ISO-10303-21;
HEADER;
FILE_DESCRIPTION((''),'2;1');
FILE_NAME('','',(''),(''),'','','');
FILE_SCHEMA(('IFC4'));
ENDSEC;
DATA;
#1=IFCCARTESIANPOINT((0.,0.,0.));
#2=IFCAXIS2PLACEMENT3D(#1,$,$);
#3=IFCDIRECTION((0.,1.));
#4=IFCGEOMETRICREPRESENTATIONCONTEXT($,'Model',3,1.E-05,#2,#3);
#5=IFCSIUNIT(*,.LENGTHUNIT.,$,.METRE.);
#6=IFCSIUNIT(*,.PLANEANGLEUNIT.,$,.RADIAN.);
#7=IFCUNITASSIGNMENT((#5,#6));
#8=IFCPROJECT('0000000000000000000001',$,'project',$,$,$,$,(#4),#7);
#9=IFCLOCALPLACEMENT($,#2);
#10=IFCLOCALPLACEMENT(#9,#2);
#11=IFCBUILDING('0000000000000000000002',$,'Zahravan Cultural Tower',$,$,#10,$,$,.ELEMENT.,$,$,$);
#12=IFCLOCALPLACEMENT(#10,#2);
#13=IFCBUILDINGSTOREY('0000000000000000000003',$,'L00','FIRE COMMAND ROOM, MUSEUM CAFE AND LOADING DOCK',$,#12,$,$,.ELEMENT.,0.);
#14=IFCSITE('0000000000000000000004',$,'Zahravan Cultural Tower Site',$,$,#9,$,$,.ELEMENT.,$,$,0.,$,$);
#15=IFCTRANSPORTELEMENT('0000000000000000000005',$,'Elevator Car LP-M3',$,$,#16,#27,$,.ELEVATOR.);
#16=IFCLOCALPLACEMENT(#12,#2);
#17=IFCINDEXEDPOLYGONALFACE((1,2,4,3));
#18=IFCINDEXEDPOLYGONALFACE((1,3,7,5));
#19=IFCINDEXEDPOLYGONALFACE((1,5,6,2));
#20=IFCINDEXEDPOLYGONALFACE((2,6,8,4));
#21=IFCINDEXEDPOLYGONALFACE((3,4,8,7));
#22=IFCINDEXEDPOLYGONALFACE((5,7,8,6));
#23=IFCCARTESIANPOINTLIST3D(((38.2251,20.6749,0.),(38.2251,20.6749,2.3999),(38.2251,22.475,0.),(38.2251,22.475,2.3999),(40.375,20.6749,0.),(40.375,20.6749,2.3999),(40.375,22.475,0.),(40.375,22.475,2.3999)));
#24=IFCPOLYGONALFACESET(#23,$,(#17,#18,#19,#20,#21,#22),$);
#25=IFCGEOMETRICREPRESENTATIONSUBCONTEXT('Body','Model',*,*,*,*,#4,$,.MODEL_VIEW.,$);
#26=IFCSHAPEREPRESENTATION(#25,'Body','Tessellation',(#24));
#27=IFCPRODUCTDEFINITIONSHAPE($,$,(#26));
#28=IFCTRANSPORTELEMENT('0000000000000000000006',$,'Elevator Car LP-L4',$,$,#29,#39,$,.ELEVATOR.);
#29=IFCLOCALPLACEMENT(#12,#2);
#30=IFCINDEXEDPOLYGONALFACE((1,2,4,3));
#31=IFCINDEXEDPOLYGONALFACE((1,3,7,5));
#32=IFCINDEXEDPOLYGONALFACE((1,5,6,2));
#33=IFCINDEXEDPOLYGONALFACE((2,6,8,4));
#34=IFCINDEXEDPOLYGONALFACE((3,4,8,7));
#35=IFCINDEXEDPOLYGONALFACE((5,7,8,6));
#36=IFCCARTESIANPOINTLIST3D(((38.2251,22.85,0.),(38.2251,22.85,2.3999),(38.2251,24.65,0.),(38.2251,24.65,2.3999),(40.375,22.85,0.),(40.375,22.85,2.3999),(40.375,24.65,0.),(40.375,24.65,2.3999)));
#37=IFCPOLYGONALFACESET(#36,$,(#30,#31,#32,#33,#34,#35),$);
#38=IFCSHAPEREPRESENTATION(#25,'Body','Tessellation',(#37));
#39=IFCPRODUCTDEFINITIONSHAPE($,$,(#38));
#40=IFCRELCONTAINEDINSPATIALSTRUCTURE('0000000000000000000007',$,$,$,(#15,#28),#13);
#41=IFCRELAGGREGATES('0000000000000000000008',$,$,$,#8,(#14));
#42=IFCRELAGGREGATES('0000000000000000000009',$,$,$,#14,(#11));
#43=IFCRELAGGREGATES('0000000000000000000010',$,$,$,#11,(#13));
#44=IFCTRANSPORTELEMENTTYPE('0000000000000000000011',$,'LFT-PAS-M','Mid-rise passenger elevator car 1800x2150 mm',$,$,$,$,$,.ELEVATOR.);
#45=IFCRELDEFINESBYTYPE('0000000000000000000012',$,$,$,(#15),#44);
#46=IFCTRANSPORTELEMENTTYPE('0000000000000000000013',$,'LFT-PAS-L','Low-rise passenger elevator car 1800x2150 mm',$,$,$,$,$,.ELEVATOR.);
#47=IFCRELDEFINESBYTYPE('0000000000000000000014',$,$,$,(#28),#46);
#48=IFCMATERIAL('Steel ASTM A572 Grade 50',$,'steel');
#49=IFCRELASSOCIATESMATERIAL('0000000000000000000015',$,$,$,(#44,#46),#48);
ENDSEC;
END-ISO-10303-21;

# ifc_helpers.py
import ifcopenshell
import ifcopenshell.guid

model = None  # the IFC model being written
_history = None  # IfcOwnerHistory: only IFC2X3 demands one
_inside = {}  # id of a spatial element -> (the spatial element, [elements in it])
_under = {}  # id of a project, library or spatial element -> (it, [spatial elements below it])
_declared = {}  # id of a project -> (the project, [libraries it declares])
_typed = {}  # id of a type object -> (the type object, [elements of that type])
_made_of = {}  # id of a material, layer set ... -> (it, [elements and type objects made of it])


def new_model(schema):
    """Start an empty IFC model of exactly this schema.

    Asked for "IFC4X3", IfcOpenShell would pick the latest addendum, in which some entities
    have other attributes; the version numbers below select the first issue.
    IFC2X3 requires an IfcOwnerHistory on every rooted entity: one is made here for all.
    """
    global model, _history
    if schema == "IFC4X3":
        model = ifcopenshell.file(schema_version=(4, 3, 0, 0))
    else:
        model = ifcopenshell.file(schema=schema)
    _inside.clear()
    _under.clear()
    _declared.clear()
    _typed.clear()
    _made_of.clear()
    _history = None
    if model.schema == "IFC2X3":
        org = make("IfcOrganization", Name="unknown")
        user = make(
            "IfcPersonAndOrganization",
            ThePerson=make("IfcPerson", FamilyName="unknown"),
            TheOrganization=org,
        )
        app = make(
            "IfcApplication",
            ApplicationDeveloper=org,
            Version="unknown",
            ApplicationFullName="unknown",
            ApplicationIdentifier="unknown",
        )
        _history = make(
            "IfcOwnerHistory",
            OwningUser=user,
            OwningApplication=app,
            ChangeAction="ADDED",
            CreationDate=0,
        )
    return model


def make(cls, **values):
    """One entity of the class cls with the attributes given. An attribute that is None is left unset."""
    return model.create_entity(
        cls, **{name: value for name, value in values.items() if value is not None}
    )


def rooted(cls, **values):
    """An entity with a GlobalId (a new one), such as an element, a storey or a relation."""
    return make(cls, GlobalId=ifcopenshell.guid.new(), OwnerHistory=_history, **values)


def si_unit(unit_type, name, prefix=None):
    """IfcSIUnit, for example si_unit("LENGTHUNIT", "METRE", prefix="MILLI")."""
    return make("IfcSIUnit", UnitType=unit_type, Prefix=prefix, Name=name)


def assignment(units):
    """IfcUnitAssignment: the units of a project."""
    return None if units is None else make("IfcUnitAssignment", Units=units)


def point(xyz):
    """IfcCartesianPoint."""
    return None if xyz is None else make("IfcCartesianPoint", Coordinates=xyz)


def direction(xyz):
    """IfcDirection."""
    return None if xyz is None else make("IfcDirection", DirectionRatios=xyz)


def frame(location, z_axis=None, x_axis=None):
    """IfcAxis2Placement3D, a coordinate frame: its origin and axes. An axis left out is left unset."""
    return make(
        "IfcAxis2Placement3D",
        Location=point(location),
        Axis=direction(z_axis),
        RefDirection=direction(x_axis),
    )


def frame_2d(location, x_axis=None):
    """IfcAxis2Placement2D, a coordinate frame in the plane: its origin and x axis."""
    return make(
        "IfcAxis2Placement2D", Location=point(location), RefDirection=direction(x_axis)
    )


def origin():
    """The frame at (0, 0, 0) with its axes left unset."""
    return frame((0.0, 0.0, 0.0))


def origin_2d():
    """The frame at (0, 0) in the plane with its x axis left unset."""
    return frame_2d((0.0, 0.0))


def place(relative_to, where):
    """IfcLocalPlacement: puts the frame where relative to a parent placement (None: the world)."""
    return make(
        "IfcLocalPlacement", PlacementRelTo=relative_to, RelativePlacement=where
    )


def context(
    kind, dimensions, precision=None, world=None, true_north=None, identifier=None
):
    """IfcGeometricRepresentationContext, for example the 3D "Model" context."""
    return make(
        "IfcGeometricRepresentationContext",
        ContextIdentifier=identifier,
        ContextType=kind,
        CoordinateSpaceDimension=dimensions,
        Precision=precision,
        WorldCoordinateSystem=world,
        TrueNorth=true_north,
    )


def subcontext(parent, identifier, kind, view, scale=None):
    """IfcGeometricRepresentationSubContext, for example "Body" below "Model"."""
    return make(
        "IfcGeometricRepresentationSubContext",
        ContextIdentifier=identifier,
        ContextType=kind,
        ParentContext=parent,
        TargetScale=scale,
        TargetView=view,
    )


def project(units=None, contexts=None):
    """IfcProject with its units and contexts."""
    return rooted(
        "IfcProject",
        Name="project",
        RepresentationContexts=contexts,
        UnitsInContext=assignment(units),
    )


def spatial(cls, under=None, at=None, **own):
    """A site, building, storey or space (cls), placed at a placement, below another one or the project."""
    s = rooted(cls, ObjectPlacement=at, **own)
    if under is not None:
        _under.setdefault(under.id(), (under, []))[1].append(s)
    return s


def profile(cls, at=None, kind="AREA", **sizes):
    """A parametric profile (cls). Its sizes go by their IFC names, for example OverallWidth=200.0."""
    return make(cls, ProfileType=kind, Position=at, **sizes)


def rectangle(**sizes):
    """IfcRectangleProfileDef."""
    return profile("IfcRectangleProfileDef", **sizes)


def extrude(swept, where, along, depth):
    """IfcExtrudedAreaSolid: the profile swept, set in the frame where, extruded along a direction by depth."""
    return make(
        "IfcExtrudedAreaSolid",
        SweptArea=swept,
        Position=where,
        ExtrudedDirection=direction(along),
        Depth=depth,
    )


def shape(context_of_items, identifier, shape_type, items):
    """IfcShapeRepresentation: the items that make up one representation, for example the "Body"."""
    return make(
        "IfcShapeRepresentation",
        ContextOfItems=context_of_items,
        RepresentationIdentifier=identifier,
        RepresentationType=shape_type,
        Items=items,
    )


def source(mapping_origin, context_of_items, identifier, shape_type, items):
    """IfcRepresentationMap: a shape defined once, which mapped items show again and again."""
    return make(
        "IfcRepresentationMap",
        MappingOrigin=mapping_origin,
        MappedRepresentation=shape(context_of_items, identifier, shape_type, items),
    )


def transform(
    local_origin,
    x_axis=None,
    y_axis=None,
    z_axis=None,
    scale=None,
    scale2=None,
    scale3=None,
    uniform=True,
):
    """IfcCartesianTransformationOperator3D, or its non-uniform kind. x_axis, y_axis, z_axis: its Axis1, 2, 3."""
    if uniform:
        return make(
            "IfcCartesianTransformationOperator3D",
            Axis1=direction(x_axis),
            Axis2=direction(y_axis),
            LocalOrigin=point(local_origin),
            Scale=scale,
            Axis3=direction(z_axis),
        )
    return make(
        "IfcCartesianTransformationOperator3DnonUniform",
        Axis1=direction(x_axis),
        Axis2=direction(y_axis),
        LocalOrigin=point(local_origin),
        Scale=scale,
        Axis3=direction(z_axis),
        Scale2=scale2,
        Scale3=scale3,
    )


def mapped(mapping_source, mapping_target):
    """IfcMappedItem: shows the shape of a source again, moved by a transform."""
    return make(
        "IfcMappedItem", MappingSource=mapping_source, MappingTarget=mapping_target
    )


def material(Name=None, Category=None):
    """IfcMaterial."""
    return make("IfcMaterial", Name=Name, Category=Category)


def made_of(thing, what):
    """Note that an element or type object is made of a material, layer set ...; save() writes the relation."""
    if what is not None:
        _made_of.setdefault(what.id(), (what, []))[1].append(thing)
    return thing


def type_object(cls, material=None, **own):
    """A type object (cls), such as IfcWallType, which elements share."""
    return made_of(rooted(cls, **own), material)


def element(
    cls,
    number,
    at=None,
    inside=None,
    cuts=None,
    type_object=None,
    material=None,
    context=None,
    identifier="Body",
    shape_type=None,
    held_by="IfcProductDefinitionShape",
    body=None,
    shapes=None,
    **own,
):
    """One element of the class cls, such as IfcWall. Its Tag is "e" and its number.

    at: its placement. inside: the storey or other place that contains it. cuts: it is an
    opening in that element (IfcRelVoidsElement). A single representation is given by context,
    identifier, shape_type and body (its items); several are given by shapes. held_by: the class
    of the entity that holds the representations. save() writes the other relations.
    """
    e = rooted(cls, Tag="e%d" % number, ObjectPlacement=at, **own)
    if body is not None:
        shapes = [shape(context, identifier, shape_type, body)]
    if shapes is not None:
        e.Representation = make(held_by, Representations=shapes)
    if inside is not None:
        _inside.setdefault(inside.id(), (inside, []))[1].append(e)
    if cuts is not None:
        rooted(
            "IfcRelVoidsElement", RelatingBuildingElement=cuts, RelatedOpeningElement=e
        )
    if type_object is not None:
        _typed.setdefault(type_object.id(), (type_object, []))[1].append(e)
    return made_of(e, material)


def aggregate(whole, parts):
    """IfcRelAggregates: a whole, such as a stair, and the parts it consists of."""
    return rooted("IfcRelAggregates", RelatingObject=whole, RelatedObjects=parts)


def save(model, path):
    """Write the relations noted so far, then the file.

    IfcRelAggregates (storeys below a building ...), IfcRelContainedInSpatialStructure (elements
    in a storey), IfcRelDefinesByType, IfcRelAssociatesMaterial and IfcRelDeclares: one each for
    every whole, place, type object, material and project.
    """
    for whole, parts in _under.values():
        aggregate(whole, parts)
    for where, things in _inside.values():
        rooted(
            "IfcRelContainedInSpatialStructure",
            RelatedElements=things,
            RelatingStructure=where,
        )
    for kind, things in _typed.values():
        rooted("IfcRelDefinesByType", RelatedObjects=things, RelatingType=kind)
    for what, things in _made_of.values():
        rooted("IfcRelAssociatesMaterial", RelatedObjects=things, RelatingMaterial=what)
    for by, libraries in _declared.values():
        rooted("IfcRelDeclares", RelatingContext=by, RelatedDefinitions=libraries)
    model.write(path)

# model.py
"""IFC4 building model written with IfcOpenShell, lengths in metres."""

from ifc_helpers import new_model, si_unit, direction, frame, origin, origin_2d, place, context, subcontext, project, spatial, rectangle, extrude, source, transform, mapped, material, type_object, element, save


model = new_model("IFC4")

# Units and contexts
model_context = context("Model", 3, precision=1e-05, world=origin(), true_north=direction((0.0, 1.0)))
body_context = subcontext(model_context, "Body", "Model", "MODEL_VIEW")
ifc_project = project(units=[si_unit("LENGTHUNIT", "METRE"), si_unit("PLANEANGLEUNIT", "RADIAN")], contexts=[model_context])

# Site, building, storey
site_placement = place(None, origin())
site = spatial("IfcSite", under=ifc_project, at=site_placement, Name="Zahravan Cultural Tower Site", CompositionType="ELEMENT", RefElevation=0.0)
building_placement = place(site_placement, origin())
building = spatial("IfcBuilding", under=site, at=building_placement, Name="Zahravan Cultural Tower", CompositionType="ELEMENT")
storey_placement = place(building_placement, origin())
storey = spatial("IfcBuildingStorey", under=building, at=storey_placement, Name="L00", Description="FIRE COMMAND ROOM, MUSEUM CAFE AND LOADING DOCK", CompositionType="ELEMENT", Elevation=0.0)

# Shared definitions
ifc_material_1 = material(Name="Steel ASTM A572 Grade 50", Category="steel")

# Transport elements
transport_element_type_1 = type_object("IfcTransportElementType", Name="LFT-PAS-M", Description="Mid-rise passenger elevator car 1800x2150 mm", PredefinedType="ELEVATOR", material=ifc_material_1)
shared_shape_1 = source(origin(), body_context, "Body", "SweptSolid", [
    extrude(rectangle(XDim=2.1499, YDim=1.8, at=origin_2d()), origin(), (0.0, 0.0, 1.0), 2.3999),
])
transport_element_1_placement = place(storey_placement, frame((39.3, 21.575, 0.0), z_axis=(0.0, 0.0, 1.0), x_axis=(1.0, 0.0, 0.0)))
element("IfcTransportElement", 1, at=transport_element_1_placement, inside=storey, type_object=transport_element_type_1, Name="Elevator Car LP-M3", PredefinedType="ELEVATOR", context=body_context, shape_type="MappedRepresentation", body=[
    mapped(shared_shape_1, transform((0.0, 0.0, 0.0), x_axis=(1.0, 0.0, 0.0), y_axis=(0.0, 1.0, 0.0), z_axis=(0.0, 0.0, 1.0), scale=1.0)),
])
transport_element_type_2 = type_object("IfcTransportElementType", Name="LFT-PAS-L", Description="Low-rise passenger elevator car 1800x2150 mm", PredefinedType="ELEVATOR", material=ifc_material_1)
transport_element_2_placement = place(storey_placement, frame((39.3, 23.75, 0.0), z_axis=(0.0, 0.0, 1.0), x_axis=(1.0, 0.0, 0.0)))
element("IfcTransportElement", 2, at=transport_element_2_placement, inside=storey, type_object=transport_element_type_2, Name="Elevator Car LP-L4", PredefinedType="ELEVATOR", context=body_context, shape_type="MappedRepresentation", body=[
    mapped(shared_shape_1, transform((0.0, 0.0, 0.0), x_axis=(1.0, 0.0, 0.0), y_axis=(0.0, 1.0, 0.0), z_axis=(0.0, 0.0, 1.0), scale=1.0)),
])

save(model, "model.ifc")
